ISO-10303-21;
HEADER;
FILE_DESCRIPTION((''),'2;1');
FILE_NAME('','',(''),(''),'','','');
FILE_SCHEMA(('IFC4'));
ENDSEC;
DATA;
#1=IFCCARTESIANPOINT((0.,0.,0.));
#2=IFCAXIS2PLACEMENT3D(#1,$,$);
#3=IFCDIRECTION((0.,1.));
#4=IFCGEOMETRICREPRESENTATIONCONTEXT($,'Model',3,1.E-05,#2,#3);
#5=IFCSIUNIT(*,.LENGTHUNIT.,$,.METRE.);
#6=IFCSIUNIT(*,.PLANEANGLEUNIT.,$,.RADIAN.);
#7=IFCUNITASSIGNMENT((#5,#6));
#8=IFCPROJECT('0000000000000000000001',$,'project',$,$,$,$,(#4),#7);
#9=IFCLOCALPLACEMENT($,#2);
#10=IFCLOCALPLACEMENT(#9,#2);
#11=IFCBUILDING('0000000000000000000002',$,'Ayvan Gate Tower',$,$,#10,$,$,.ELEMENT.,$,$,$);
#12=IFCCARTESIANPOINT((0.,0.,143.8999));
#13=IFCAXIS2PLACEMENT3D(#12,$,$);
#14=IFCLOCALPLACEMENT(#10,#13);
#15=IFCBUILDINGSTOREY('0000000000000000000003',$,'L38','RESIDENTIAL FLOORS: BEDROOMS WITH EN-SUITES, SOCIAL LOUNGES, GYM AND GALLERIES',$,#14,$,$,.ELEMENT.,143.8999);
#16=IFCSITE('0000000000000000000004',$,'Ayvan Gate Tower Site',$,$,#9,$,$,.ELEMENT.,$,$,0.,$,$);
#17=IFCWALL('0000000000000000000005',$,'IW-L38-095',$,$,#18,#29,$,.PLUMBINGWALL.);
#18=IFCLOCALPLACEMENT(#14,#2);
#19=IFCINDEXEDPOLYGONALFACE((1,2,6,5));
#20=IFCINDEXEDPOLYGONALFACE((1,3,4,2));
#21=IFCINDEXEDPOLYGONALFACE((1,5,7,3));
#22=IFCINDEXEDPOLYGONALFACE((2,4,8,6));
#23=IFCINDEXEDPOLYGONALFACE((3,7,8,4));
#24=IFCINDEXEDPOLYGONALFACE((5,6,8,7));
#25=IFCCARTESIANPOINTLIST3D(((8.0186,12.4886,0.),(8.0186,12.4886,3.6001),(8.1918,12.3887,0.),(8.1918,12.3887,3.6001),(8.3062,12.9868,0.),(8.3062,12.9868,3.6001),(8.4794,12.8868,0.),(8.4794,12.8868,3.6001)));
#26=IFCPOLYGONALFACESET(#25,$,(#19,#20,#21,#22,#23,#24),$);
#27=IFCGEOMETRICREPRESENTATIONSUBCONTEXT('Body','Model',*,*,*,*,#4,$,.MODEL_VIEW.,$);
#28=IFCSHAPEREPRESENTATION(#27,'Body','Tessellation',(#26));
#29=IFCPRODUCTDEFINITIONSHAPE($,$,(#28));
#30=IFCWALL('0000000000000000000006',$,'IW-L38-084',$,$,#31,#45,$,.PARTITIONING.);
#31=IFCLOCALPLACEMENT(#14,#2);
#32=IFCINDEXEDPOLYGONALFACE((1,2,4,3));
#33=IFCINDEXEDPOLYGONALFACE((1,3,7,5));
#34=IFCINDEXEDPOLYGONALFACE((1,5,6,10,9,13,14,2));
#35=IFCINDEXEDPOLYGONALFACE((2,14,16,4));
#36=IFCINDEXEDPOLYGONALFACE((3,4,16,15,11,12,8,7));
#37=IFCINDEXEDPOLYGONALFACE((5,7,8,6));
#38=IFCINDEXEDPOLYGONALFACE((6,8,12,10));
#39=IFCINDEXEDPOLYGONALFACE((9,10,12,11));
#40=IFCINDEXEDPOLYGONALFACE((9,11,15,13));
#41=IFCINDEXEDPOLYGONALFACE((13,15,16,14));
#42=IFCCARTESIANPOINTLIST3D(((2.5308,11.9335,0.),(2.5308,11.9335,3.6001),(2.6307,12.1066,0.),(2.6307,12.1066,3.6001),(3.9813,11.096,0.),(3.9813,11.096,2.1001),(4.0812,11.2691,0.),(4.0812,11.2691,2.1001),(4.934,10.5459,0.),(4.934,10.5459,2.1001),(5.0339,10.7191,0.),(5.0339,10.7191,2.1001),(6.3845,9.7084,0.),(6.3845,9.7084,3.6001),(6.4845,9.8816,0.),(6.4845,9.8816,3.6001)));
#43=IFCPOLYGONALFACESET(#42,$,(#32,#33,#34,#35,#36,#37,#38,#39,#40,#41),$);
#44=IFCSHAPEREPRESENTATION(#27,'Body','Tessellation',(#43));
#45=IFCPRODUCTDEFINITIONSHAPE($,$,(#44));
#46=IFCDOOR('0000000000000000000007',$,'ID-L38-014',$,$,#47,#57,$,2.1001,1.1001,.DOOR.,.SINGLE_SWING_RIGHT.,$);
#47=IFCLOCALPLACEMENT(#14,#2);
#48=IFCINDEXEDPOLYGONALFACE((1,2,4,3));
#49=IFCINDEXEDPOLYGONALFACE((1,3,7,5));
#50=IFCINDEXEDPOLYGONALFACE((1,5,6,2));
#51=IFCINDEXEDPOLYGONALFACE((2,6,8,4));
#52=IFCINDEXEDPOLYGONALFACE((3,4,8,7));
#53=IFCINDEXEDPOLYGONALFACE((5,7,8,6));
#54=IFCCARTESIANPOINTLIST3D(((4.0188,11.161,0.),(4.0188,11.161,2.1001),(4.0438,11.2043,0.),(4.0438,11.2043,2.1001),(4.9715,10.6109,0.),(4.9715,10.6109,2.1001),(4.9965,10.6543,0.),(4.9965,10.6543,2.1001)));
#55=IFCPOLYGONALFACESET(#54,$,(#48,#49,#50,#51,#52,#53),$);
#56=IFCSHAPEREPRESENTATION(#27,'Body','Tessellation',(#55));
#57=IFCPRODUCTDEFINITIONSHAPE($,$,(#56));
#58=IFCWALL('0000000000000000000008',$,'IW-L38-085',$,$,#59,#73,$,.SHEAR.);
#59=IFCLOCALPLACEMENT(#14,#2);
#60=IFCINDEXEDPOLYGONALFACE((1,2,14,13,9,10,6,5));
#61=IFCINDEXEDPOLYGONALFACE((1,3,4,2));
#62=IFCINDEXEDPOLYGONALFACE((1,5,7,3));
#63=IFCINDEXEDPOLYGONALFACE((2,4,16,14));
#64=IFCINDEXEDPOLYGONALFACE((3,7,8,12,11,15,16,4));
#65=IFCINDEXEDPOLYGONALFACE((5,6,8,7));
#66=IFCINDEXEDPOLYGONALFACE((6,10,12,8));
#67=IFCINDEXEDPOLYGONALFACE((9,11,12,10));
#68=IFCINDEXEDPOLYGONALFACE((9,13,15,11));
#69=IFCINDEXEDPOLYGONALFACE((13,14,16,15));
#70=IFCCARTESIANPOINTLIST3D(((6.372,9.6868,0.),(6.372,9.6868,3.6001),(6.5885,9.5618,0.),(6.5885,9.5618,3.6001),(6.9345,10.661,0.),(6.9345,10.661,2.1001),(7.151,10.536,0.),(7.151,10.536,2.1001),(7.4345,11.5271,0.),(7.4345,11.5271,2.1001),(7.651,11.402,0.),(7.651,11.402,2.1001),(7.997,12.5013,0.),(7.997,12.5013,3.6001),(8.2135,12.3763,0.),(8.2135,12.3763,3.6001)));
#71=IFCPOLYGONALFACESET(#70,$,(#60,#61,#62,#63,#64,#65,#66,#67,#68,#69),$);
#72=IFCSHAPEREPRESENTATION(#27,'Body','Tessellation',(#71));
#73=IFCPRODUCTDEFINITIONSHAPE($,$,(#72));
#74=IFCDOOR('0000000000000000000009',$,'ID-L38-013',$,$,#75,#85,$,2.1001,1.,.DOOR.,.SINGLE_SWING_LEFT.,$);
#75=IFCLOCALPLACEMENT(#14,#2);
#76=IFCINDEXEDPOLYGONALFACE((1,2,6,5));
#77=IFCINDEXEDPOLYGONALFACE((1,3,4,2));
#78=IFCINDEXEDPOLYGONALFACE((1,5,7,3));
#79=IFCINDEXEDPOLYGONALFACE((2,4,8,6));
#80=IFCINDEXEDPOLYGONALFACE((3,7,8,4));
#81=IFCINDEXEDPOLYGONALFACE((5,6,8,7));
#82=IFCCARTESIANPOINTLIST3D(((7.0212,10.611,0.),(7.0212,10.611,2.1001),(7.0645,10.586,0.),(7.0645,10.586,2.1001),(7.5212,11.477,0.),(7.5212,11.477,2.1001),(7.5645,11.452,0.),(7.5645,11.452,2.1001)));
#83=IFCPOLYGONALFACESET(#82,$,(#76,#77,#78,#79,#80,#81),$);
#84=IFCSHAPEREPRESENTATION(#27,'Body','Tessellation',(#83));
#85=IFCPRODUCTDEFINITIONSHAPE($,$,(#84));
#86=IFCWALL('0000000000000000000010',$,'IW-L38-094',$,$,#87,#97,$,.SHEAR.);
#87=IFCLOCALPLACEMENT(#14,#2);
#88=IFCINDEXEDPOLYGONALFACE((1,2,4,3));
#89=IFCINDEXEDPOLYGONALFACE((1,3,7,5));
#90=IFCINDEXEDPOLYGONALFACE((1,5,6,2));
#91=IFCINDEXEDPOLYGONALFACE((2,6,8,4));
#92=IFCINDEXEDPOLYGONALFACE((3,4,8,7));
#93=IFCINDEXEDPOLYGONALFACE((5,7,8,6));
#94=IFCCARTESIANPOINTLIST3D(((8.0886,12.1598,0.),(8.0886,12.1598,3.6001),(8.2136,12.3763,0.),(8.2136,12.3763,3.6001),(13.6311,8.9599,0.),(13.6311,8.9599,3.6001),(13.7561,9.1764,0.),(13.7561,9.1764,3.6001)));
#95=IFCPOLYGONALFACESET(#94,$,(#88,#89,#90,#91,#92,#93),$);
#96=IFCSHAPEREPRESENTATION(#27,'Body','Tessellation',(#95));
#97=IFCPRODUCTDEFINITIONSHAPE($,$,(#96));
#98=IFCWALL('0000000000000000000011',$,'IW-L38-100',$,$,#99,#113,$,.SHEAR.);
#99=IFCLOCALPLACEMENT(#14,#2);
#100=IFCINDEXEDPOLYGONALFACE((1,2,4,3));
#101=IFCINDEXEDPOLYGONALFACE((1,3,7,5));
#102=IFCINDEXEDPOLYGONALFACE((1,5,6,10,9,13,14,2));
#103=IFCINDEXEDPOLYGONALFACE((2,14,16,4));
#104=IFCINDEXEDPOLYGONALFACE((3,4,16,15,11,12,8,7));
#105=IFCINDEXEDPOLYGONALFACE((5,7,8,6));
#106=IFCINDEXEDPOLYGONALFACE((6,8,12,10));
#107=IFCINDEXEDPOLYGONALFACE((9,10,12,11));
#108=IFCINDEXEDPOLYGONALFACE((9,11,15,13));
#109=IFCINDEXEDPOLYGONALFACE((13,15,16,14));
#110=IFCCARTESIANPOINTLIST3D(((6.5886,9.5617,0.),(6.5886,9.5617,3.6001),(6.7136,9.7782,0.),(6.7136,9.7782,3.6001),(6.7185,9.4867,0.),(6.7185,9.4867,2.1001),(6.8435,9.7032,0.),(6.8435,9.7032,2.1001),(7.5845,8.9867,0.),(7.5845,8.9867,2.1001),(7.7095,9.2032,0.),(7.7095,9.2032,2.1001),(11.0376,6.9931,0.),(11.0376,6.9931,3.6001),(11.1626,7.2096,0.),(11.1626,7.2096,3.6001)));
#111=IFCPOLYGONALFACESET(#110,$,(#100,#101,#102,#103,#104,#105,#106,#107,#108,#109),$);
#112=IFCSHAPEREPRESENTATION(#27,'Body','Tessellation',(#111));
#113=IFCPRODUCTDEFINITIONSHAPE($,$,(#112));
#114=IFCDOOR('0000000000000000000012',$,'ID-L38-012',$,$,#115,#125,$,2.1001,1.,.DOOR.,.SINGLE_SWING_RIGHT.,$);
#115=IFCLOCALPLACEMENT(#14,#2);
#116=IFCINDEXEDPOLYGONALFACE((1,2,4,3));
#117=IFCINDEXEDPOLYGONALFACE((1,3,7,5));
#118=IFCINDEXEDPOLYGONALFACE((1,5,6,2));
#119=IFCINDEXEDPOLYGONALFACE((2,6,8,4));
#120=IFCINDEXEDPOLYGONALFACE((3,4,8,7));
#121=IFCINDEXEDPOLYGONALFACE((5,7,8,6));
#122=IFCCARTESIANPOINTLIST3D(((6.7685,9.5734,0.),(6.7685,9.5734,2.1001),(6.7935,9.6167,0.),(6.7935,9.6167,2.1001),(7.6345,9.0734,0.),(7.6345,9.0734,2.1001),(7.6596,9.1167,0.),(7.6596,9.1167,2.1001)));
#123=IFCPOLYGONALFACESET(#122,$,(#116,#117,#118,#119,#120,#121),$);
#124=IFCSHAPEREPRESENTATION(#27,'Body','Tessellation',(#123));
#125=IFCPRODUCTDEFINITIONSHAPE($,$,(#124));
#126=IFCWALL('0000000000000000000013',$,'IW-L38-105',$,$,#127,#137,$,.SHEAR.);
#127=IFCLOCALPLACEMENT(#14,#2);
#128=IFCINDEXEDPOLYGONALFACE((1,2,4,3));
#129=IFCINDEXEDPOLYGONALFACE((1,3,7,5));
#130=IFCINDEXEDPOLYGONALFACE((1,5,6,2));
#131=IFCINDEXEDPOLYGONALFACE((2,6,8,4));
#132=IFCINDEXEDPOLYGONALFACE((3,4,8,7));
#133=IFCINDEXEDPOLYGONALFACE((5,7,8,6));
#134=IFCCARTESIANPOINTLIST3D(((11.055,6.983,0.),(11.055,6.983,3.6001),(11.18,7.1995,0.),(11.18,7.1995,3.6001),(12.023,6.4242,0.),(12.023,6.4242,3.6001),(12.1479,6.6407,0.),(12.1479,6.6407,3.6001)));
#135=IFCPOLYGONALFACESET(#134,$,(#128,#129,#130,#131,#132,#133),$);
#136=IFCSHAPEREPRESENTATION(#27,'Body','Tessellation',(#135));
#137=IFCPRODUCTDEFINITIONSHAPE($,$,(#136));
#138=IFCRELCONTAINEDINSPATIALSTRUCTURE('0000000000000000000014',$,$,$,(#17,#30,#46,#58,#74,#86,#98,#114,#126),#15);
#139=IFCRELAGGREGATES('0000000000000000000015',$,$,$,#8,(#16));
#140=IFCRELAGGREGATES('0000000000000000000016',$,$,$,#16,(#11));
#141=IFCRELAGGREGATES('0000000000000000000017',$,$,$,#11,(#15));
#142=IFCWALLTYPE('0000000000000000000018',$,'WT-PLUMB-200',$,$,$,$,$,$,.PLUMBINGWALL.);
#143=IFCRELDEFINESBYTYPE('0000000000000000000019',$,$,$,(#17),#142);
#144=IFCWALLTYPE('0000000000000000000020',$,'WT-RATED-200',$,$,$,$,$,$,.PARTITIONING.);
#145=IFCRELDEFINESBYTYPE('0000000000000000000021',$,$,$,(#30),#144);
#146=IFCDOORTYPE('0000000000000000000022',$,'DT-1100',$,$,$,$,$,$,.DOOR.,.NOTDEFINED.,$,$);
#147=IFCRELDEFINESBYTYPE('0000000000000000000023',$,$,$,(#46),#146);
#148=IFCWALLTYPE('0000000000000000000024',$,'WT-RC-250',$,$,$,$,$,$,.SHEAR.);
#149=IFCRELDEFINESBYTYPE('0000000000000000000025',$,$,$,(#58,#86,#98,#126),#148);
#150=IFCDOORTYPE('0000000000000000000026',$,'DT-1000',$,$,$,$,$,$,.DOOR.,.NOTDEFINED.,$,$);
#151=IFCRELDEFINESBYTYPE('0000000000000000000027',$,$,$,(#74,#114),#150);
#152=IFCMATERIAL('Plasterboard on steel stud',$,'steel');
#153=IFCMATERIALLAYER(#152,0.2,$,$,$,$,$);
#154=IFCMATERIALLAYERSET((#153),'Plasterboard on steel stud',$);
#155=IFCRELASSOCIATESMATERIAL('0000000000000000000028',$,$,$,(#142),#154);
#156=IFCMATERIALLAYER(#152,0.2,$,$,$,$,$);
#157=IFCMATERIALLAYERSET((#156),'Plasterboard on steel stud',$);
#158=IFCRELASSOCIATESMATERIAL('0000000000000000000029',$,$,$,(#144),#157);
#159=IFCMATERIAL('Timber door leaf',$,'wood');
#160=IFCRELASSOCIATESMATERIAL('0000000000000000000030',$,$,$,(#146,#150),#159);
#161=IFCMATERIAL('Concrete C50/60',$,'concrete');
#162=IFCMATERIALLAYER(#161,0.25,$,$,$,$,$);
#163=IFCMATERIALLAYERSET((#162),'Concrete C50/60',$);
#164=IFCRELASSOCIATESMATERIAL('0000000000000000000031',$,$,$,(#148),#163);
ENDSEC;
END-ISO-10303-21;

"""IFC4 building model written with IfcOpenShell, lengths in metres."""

from ifc_helpers import new_model, si_unit, direction, frame, frame_2d, origin, place, context, subcontext, project, spatial, rectangle, extrude, material, layer, layer_set, type_object, element, fill, save


model = new_model("IFC4")

# Units and contexts
model_context = context("Model", 3, precision=1e-05, world=origin(), true_north=direction((0.0, 1.0)))
body_context = subcontext(model_context, "Body", "Model", "MODEL_VIEW")
ifc_project = project(units=[si_unit("LENGTHUNIT", "METRE"), si_unit("PLANEANGLEUNIT", "RADIAN")], contexts=[model_context])

# Site, building, storey
site_placement = place(None, origin())
site = spatial("IfcSite", under=ifc_project, at=site_placement, Name="Ayvan Gate Tower Site", CompositionType="ELEMENT", RefElevation=0.0)
building_placement = place(site_placement, origin())
building = spatial("IfcBuilding", under=site, at=building_placement, Name="Ayvan Gate Tower", CompositionType="ELEMENT")
storey_placement = place(building_placement, frame((0.0, 0.0, 143.8999)))
storey = spatial("IfcBuildingStorey", under=building, at=storey_placement, Name="L38", Description="RESIDENTIAL FLOORS: BEDROOMS WITH EN-SUITES, SOCIAL LOUNGES, GYM AND GALLERIES", CompositionType="ELEMENT", Elevation=143.8999)

# Wall
ifc_material_1 = material(Name="Plasterboard on steel stud", Category="steel")
ifc_layer_1 = layer(ifc_material_1, 0.2)
ifc_layer_set_1 = layer_set([ifc_layer_1], Name="Plasterboard on steel stud")
wall_type_1 = type_object("IfcWallType", Name="WT-PLUMB-200", PredefinedType="PLUMBINGWALL", material=ifc_layer_set_1)
wall_1_placement = place(storey_placement, frame((8.3928, 12.9368, 0.0), z_axis=(0.0, 0.0, 1.0), x_axis=(-0.500065, -0.865988, 0.0)))
element("IfcWall", 1, at=wall_1_placement, inside=storey, type_object=wall_type_1, Name="IW-L38-095", PredefinedType="PLUMBINGWALL", context=body_context, shape_type="SweptSolid", body=[
    extrude(rectangle(XDim=0.5752, YDim=0.2, at=frame_2d((0.2876, 0.0))), origin(), (0.0, 0.0, 1.0), 3.6001),
])

# Walls, openings, doors
ifc_layer_2 = layer(ifc_material_1, 0.2)
ifc_layer_set_2 = layer_set([ifc_layer_2], Name="Plasterboard on steel stud")
wall_type_2 = type_object("IfcWallType", Name="WT-RATED-200", PredefinedType="PARTITIONING", material=ifc_layer_set_2)
wall_2_placement = place(storey_placement, frame((6.4346, 9.7949, 0.0), z_axis=(0.0, 0.0, 1.0), x_axis=(-0.866013, 0.500022, 0.0)))
wall_2 = element("IfcWall", 2, at=wall_2_placement, inside=storey, type_object=wall_type_2, Name="IW-L38-084", PredefinedType="PARTITIONING", context=body_context, shape_type="SweptSolid", body=[
    extrude(rectangle(XDim=4.45, YDim=0.2, at=frame_2d((2.2251, 0.0))), origin(), (0.0, 0.0, 1.0), 3.6001),
])
opening_1_placement = place(wall_2_placement, frame((1.675, 0.0, 0.0)))
opening_1 = element("IfcOpeningElement", 3, at=opening_1_placement, cuts=wall_2, PredefinedType="OPENING", context=body_context, shape_type="SweptSolid", body=[
    extrude(rectangle(XDim=1.1001, YDim=2.1001, at=frame_2d((0.55, 1.05))), frame((0.0, 0.1099, 0.0), z_axis=(0.0, -1.0, 0.0), x_axis=(1.0, 0.0, 0.0)), (0.0, 0.0, 1.0), 0.22),
])
ifc_material_2 = material(Name="Timber door leaf", Category="wood")
door_type_1 = type_object("IfcDoorType", Name="DT-1100", OperationType="NOTDEFINED", PredefinedType="DOOR", material=ifc_material_2)
door_1_placement = place(opening_1_placement, origin())
door_1 = element("IfcDoor", 4, at=door_1_placement, inside=storey, type_object=door_type_1, Name="ID-L38-014", OperationType="SINGLE_SWING_RIGHT", OverallHeight=2.1001, OverallWidth=1.1001, PredefinedType="DOOR", context=body_context, shape_type="SweptSolid", body=[
    extrude(rectangle(XDim=1.1001, YDim=2.1001, at=frame_2d((0.55, 1.05))), frame((0.0, 0.0249, 0.0), z_axis=(0.0, -1.0, 0.0), x_axis=(1.0, 0.0, 0.0)), (0.0, 0.0, 1.0), 0.05),
])
fill(opening_1, door_1)
ifc_material_3 = material(Name="Concrete C50/60", Category="concrete")
ifc_layer_3 = layer(ifc_material_3, 0.25)
ifc_layer_set_3 = layer_set([ifc_layer_3], Name="Concrete C50/60")
wall_type_3 = type_object("IfcWallType", Name="WT-RC-250", PredefinedType="SHEAR", material=ifc_layer_set_3)
wall_3_placement = place(storey_placement, frame((6.4802, 9.6243, 0.0), z_axis=(0.0, 0.0, 1.0), x_axis=(0.500017, 0.866015, 0.0)))
wall_3 = element("IfcWall", 5, at=wall_3_placement, inside=storey, type_object=wall_type_3, Name="IW-L38-085", PredefinedType="SHEAR", context=body_context, shape_type="SweptSolid", body=[
    extrude(rectangle(XDim=3.25, YDim=0.25, at=frame_2d((1.625, 0.0))), origin(), (0.0, 0.0, 1.0), 3.6001),
])
opening_2_placement = place(wall_3_placement, frame((1.125, 0.0, 0.0)))
opening_2 = element("IfcOpeningElement", 6, at=opening_2_placement, cuts=wall_3, PredefinedType="OPENING", context=body_context, shape_type="SweptSolid", body=[
    extrude(rectangle(XDim=1.0, YDim=2.1001, at=frame_2d((0.5, 1.05))), frame((0.0, 0.135, 0.0), z_axis=(0.0, -1.0, 0.0), x_axis=(1.0, 0.0, 0.0)), (0.0, 0.0, 1.0), 0.27),
])
door_type_2 = type_object("IfcDoorType", Name="DT-1000", OperationType="NOTDEFINED", PredefinedType="DOOR", material=ifc_material_2)
door_2_placement = place(opening_2_placement, origin())
door_2 = element("IfcDoor", 7, at=door_2_placement, inside=storey, type_object=door_type_2, Name="ID-L38-013", OperationType="SINGLE_SWING_LEFT", OverallHeight=2.1001, OverallWidth=1.0, PredefinedType="DOOR", context=body_context, shape_type="SweptSolid", body=[
    extrude(rectangle(XDim=1.0, YDim=2.1001, at=frame_2d((0.5, 1.05))), frame((0.0, 0.0249, 0.0), z_axis=(0.0, -1.0, 0.0), x_axis=(1.0, 0.0, 0.0)), (0.0, 0.0, 1.0), 0.05),
])
fill(opening_2, door_2)

# Wall
wall_4_placement = place(storey_placement, frame((8.1511, 12.2681, 0.0), z_axis=(0.0, 0.0, 1.0), x_axis=(0.866025, -0.5, 0.0)))
element("IfcWall", 8, at=wall_4_placement, inside=storey, type_object=wall_type_3, Name="IW-L38-094", PredefinedType="SHEAR", context=body_context, shape_type="SweptSolid", body=[
    extrude(rectangle(XDim=6.3999, YDim=0.25, at=frame_2d((3.2, 0.0))), origin(), (0.0, 0.0, 1.0), 3.6001),
])

# Wall, opening, door
wall_5_placement = place(storey_placement, frame((11.1001, 7.1013, 0.0), z_axis=(0.0, 0.0, 1.0), x_axis=(-0.866027, 0.499998, 0.0)))
wall_5 = element("IfcWall", 9, at=wall_5_placement, inside=storey, type_object=wall_type_3, Name="IW-L38-100", PredefinedType="SHEAR", context=body_context, shape_type="SweptSolid", body=[
    extrude(rectangle(XDim=5.1372, YDim=0.25, at=frame_2d((2.5686, 0.0))), origin(), (0.0, 0.0, 1.0), 3.6001),
])
opening_3_placement = place(wall_5_placement, frame((3.9873, 0.0, 0.0)))
opening_3 = element("IfcOpeningElement", 10, at=opening_3_placement, cuts=wall_5, PredefinedType="OPENING", context=body_context, shape_type="SweptSolid", body=[
    extrude(rectangle(XDim=1.0, YDim=2.1001, at=frame_2d((0.5, 1.05))), frame((0.0, 0.135, 0.0), z_axis=(0.0, -1.0, 0.0), x_axis=(1.0, 0.0, 0.0)), (0.0, 0.0, 1.0), 0.27),
])
door_3_placement = place(opening_3_placement, origin())
door_3 = element("IfcDoor", 11, at=door_3_placement, inside=storey, type_object=door_type_2, Name="ID-L38-012", OperationType="SINGLE_SWING_RIGHT", OverallHeight=2.1001, OverallWidth=1.0, PredefinedType="DOOR", context=body_context, shape_type="SweptSolid", body=[
    extrude(rectangle(XDim=1.0, YDim=2.1001, at=frame_2d((0.5, 1.05))), frame((0.0, 0.0249, 0.0), z_axis=(0.0, -1.0, 0.0), x_axis=(1.0, 0.0, 0.0)), (0.0, 0.0, 1.0), 0.05),
])
fill(opening_3, door_3)

# Wall
wall_6_placement = place(storey_placement, frame((12.0854, 6.5325, 0.0), z_axis=(0.0, 0.0, 1.0), x_axis=(-0.866044, 0.499968, 0.0)))
element("IfcWall", 12, at=wall_6_placement, inside=storey, type_object=wall_type_3, Name="IW-L38-105", PredefinedType="SHEAR", context=body_context, shape_type="SweptSolid", body=[
    extrude(rectangle(XDim=1.1177, YDim=0.25, at=frame_2d((0.5588, 0.0))), origin(), (0.0, 0.0, 1.0), 3.6001),
])

save(model, "model.ifc")
